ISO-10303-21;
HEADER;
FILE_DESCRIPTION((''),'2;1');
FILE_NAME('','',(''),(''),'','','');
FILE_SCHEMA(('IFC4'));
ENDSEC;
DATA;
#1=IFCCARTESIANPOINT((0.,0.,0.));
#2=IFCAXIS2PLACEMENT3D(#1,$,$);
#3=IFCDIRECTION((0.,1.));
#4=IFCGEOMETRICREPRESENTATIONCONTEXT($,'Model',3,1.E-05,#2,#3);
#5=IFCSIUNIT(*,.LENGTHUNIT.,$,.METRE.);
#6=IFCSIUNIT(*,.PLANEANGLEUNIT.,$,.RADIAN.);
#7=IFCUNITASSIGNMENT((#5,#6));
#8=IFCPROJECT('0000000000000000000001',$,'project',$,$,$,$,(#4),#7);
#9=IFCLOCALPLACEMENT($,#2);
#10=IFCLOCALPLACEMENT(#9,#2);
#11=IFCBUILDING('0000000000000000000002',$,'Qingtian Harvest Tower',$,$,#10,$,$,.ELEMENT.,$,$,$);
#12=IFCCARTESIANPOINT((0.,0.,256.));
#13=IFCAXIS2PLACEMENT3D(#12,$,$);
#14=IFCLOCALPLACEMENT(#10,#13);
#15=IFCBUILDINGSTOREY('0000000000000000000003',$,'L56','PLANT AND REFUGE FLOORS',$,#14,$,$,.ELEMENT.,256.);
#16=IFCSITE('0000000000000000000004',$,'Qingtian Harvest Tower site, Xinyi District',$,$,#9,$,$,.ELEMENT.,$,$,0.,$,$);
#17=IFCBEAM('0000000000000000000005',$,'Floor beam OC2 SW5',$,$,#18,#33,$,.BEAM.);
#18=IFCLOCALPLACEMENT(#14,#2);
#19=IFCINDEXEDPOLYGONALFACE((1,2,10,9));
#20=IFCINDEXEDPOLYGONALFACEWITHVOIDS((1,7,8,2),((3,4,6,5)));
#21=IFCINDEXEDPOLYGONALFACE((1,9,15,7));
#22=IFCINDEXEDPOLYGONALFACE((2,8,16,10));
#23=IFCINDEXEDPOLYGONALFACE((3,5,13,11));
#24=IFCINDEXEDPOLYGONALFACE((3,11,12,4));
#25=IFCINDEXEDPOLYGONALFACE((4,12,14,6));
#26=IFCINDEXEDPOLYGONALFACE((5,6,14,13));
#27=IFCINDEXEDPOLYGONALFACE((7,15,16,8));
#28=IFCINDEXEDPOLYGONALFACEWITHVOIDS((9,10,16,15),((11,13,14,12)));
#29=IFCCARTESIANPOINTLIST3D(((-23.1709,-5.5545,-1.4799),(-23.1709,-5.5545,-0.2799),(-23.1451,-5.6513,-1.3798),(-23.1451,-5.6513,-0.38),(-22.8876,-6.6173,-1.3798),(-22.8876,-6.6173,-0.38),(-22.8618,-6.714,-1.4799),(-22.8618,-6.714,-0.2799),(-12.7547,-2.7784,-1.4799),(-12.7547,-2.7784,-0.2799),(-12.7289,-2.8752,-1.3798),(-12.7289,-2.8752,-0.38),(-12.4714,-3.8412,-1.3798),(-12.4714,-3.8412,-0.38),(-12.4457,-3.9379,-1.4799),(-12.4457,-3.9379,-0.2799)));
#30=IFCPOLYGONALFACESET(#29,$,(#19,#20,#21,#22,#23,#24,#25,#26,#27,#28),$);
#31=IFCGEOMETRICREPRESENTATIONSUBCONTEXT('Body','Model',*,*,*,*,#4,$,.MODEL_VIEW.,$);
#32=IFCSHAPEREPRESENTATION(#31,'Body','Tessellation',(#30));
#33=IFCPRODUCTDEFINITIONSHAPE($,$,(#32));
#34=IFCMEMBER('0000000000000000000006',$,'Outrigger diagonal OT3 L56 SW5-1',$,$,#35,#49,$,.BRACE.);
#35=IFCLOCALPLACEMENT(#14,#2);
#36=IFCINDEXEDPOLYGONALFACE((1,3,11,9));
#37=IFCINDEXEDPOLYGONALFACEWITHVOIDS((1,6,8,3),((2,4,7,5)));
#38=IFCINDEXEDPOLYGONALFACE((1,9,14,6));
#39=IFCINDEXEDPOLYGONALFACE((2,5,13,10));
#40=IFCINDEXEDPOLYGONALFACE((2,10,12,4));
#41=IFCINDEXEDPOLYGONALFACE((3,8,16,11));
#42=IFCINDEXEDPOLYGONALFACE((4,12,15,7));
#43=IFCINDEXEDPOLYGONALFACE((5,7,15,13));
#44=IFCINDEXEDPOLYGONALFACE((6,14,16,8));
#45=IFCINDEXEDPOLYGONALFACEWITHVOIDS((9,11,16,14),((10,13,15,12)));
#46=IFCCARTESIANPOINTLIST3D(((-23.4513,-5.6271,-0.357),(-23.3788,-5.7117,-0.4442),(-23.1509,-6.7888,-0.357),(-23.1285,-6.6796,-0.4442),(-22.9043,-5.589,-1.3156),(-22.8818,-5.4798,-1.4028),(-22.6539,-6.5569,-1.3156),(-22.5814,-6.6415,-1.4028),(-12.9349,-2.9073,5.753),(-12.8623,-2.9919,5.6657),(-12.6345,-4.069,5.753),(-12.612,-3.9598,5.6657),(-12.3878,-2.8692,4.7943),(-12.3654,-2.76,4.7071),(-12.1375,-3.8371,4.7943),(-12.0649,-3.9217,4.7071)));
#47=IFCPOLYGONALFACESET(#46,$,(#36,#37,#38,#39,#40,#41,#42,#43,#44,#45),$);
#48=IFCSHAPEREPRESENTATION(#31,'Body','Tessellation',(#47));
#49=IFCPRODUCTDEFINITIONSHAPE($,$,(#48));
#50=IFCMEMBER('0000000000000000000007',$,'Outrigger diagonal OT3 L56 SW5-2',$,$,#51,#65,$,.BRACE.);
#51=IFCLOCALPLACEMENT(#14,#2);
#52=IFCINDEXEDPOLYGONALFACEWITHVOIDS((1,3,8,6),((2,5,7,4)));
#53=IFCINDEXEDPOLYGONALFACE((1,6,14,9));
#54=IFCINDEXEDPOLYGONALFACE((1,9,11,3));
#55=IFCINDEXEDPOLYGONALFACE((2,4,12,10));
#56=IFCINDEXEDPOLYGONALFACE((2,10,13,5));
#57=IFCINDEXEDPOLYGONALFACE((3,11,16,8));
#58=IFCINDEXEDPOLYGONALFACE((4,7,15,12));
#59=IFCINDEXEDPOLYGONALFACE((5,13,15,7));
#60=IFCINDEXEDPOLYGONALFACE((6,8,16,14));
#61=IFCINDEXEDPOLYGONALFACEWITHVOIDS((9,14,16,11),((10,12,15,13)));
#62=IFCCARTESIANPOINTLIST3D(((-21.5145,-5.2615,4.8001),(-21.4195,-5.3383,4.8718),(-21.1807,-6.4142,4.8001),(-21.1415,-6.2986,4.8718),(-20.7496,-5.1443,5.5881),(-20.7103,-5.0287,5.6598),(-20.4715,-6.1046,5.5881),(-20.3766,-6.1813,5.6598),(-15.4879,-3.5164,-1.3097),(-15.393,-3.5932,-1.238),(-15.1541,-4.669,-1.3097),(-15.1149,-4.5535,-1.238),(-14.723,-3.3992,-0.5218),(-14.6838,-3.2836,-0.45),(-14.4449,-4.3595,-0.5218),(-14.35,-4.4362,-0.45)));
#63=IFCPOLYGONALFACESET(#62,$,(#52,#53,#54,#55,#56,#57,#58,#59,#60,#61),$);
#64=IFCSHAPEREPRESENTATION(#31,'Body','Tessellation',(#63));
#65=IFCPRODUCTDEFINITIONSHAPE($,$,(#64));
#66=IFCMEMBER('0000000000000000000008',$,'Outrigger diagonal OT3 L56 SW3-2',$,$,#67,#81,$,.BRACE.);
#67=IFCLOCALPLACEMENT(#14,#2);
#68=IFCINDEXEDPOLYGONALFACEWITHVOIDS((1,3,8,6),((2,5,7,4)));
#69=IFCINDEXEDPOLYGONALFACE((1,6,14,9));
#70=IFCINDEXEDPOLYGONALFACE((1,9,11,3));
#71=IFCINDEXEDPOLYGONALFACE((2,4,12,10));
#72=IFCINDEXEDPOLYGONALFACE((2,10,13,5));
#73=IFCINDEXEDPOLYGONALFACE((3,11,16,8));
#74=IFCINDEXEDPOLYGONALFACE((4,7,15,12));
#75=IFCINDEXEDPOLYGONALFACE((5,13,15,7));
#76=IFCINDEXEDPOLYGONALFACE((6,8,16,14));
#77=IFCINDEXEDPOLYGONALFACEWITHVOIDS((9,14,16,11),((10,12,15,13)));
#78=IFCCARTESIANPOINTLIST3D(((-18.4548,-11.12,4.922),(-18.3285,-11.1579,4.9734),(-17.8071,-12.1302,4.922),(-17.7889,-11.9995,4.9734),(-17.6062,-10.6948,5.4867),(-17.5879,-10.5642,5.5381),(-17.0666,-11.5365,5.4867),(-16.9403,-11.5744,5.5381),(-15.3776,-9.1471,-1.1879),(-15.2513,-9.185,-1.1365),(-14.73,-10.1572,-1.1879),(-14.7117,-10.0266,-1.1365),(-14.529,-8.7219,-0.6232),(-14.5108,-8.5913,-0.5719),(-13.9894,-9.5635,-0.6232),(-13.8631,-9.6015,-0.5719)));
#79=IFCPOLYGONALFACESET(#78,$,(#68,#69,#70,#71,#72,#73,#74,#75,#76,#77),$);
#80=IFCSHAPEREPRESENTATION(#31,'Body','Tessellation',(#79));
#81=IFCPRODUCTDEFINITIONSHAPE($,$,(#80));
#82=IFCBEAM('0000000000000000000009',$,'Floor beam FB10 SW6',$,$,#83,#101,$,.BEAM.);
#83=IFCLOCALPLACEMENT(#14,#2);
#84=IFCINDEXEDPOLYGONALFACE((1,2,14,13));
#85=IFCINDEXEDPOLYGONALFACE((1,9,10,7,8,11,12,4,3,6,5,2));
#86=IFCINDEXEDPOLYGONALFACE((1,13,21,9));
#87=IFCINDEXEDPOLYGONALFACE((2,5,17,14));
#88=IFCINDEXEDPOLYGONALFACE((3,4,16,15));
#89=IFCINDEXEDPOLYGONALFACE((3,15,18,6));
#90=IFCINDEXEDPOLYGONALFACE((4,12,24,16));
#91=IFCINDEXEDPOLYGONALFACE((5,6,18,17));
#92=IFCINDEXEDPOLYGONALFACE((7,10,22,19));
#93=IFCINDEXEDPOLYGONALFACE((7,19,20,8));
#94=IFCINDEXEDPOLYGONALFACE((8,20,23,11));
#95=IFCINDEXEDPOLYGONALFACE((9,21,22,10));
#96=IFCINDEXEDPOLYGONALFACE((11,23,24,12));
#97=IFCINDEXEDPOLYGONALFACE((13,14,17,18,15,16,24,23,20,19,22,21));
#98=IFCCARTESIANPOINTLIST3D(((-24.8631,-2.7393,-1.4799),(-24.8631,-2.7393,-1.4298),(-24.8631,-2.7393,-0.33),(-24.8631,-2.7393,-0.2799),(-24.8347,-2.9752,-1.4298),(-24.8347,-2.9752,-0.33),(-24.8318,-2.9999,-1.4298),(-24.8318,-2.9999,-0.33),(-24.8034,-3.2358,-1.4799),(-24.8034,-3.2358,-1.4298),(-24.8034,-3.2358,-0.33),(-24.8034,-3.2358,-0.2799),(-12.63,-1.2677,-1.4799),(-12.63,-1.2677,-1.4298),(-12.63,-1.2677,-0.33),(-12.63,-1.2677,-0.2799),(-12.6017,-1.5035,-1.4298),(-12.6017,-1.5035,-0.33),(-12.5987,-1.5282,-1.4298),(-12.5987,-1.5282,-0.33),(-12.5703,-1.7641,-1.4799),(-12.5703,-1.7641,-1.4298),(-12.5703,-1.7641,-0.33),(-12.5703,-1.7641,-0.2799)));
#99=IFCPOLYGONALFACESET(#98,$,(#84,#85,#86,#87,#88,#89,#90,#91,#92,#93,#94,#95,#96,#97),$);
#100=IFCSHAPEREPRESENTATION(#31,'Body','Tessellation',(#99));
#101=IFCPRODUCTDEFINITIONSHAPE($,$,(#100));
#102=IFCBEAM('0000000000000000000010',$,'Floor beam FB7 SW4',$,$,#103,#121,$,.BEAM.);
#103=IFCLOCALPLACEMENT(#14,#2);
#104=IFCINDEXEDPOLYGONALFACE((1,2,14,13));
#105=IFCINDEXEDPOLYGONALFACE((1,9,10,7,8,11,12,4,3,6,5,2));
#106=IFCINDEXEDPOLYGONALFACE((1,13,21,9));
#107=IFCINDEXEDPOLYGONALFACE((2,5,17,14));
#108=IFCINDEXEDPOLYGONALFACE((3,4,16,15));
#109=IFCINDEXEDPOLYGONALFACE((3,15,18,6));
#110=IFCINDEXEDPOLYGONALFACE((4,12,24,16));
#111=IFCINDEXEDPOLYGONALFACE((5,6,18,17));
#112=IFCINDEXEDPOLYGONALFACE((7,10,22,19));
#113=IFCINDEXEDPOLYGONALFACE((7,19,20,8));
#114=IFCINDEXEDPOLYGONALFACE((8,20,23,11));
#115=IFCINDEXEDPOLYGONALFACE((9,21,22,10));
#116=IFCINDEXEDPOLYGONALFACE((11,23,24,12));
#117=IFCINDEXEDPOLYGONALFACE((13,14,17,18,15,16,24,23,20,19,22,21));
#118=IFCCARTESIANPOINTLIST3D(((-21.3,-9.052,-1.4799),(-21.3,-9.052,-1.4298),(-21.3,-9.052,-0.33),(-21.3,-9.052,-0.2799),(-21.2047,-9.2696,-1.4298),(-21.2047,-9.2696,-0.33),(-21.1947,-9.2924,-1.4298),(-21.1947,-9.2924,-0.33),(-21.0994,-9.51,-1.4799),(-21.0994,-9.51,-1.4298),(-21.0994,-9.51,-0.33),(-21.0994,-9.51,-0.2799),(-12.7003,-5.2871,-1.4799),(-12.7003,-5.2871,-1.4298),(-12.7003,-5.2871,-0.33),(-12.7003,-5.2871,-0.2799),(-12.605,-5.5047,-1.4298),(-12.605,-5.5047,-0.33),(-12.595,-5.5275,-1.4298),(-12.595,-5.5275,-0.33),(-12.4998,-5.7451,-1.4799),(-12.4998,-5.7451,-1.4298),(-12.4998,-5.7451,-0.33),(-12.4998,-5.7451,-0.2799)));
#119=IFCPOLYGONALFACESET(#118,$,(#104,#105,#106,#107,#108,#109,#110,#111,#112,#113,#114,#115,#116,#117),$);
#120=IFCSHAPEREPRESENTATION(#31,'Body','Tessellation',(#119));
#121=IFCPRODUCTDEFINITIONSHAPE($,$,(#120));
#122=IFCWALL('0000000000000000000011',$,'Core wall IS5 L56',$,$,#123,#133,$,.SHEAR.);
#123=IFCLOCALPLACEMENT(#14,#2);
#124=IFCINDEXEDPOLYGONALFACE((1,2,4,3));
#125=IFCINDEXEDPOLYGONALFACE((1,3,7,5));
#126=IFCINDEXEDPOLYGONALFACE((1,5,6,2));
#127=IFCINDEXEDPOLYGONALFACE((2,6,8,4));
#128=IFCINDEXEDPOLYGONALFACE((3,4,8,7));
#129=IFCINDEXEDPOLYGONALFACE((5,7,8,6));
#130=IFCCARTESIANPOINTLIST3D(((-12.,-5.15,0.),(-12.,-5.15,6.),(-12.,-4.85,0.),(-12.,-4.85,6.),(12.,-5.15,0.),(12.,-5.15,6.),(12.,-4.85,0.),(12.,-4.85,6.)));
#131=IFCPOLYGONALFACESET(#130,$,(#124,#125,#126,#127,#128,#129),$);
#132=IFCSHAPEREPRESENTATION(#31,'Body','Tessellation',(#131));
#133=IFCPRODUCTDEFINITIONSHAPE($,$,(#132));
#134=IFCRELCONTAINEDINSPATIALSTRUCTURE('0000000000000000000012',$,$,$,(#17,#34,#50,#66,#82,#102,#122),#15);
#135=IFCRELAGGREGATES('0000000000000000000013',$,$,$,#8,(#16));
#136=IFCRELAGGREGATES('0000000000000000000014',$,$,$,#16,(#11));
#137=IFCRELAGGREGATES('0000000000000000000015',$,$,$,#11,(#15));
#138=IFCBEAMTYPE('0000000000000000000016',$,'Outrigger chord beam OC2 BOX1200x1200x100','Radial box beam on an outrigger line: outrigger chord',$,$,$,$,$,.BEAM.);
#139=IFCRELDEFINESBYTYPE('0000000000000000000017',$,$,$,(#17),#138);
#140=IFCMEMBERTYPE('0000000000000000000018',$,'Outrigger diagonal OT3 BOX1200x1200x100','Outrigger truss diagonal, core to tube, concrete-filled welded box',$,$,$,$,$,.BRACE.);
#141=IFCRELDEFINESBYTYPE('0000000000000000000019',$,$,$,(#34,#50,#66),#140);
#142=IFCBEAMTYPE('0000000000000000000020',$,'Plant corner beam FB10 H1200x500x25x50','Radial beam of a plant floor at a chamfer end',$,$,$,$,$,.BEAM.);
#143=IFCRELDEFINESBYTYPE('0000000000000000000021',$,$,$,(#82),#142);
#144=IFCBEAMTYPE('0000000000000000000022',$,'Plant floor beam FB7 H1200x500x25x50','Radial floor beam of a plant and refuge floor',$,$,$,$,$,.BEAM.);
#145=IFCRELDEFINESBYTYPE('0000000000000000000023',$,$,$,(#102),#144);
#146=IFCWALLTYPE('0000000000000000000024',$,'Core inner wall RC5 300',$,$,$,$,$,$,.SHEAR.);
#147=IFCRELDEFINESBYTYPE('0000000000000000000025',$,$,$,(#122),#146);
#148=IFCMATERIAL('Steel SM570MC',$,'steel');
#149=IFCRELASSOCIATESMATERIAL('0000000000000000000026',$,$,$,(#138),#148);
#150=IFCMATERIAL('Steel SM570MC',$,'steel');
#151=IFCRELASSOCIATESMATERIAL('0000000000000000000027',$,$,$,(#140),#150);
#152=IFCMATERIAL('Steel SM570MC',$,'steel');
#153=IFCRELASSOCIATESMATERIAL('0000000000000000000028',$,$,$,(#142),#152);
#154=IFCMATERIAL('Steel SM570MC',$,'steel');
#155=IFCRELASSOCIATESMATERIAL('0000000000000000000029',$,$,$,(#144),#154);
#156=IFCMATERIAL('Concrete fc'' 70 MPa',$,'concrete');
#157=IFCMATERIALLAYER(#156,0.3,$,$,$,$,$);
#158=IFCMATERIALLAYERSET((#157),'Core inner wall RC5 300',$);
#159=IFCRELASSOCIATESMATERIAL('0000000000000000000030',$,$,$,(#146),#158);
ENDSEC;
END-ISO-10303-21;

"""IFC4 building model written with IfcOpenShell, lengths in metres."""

from ifc_helpers import new_model, si_unit, direction, frame, frame_2d, origin, origin_2d, place, context, subcontext, project, spatial, rectangle, hollow_rectangle, i_section, extrude, material, layer, layer_set, material_profile, profile_set, type_object, element, save


model = new_model("IFC4")

# Units and contexts
model_context = context("Model", 3, precision=1e-05, world=origin(), true_north=direction((0.0, 1.0)))
body_context = subcontext(model_context, "Body", "Model", "MODEL_VIEW")
ifc_project = project(units=[si_unit("LENGTHUNIT", "METRE"), si_unit("PLANEANGLEUNIT", "RADIAN")], contexts=[model_context])

# Site, building, storey
site_placement = place(None, origin())
site = spatial("IfcSite", under=ifc_project, at=site_placement, Name="Qingtian Harvest Tower site, Xinyi District", CompositionType="ELEMENT", RefElevation=0.0)
building_placement = place(site_placement, origin())
building = spatial("IfcBuilding", under=site, at=building_placement, Name="Qingtian Harvest Tower", CompositionType="ELEMENT")
storey_placement = place(building_placement, frame((0.0, 0.0, 256.0)))
storey = spatial("IfcBuildingStorey", under=building, at=storey_placement, Name="L56", Description="PLANT AND REFUGE FLOORS", CompositionType="ELEMENT", Elevation=256.0)

# Beam
ifc_material_1 = material(Name="Steel SM570MC", Category="steel")
ifc_material_profile_1 = material_profile(ifc_material_1, hollow_rectangle(XDim=1.2, YDim=1.2, WallThickness=0.1001, at=origin_2d()), Name="BOX1200x1200x100")
ifc_profile_set_1 = profile_set([ifc_material_profile_1], Name="Steel SM570MC")
beam_type_1 = type_object("IfcBeamType", Name="Outrigger chord beam OC2 BOX1200x1200x100", Description="Radial box beam on an outrigger line: outrigger chord", PredefinedType="BEAM", material=ifc_profile_set_1)
beam_1_placement = place(storey_placement, frame((-23.0164, -6.1343, -0.8799), z_axis=(0.966271, 0.257529, 0.0), x_axis=(-0.257529, 0.966271, 0.0)))
element("IfcBeam", 1, at=beam_1_placement, inside=storey, type_object=beam_type_1, Name="Floor beam OC2 SW5", PredefinedType="BEAM", context=body_context, shape_type="SweptSolid", body=[
    extrude(hollow_rectangle(XDim=1.2, YDim=1.2, WallThickness=0.1001, at=origin_2d()), origin(), (0.0, 0.0, 1.0), 10.7798),
])

# Members
ifc_material_2 = material(Name="Steel SM570MC", Category="steel")
ifc_material_profile_2 = material_profile(ifc_material_2, hollow_rectangle(XDim=1.2, YDim=1.2, WallThickness=0.1001, at=origin_2d()), Name="BOX1200x1200x100")
ifc_profile_set_2 = profile_set([ifc_material_profile_2], Name="Steel SM570MC")
member_type_1 = type_object("IfcMemberType", Name="Outrigger diagonal OT3 BOX1200x1200x100", Description="Outrigger truss diagonal, core to tube, concrete-filled welded box", PredefinedType="BRACE", material=ifc_profile_set_2)
member_1_placement = place(storey_placement, frame((-23.0164, -6.1343, -0.8799), z_axis=(0.843821, 0.218228, 0.490248), x_axis=(-0.250381, 0.968147, 0.0)))
element("IfcMember", 2, at=member_1_placement, inside=storey, type_object=member_type_1, Name="Outrigger diagonal OT3 L56 SW5-1", PredefinedType="BRACE", context=body_context, shape_type="SweptSolid", body=[
    extrude(hollow_rectangle(XDim=1.2, YDim=1.2, WallThickness=0.1001, at=origin_2d()), origin(), (0.0, 0.0, 1.0), 12.4629),
])
member_2_placement = place(storey_placement, frame((-14.9189, -3.9763, -0.8799), z_axis=(-0.688156, -0.199268, 0.697663), x_axis=(0.278142, -0.96054, 0.0)))
element("IfcMember", 3, at=member_2_placement, inside=storey, type_object=member_type_1, Name="Outrigger diagonal OT3 L56 SW5-2", PredefinedType="BRACE", context=body_context, shape_type="SweptSolid", body=[
    extrude(hollow_rectangle(XDim=1.2, YDim=1.2, WallThickness=0.1001, at=origin_2d()), origin(), (0.0, 0.0, 1.0), 8.7576),
])
member_3_placement = place(storey_placement, frame((-14.6204, -9.3743, -0.8799), z_axis=(-0.432196, -0.2771, 0.85815), x_axis=(0.539738, -0.841833, 0.0)))
element("IfcMember", 4, at=member_3_placement, inside=storey, type_object=member_type_1, Name="Outrigger diagonal OT3 L56 SW3-2", PredefinedType="BRACE", context=body_context, shape_type="SweptSolid", body=[
    extrude(hollow_rectangle(XDim=1.2, YDim=1.2, WallThickness=0.1001, at=origin_2d()), origin(), (0.0, 0.0, 1.0), 7.1199),
])

# Beams
ifc_material_3 = material(Name="Steel SM570MC", Category="steel")
ifc_material_profile_3 = material_profile(ifc_material_3, i_section(OverallWidth=0.5, OverallDepth=1.2, WebThickness=0.0249, FlangeThickness=0.05, at=origin_2d()), Name="H1200x500x25x50")
ifc_profile_set_3 = profile_set([ifc_material_profile_3], Name="Steel SM570MC")
beam_type_2 = type_object("IfcBeamType", Name="Plant corner beam FB10 H1200x500x25x50", Description="Radial beam of a plant floor at a chamfer end", PredefinedType="BEAM", material=ifc_profile_set_3)
beam_2_placement = place(storey_placement, frame((-24.8333, -2.9875, -0.8799), z_axis=(0.992841, 0.119441, 0.0), x_axis=(-0.119441, 0.992841, 0.0)))
element("IfcBeam", 5, at=beam_2_placement, inside=storey, type_object=beam_type_2, Name="Floor beam FB10 SW6", PredefinedType="BEAM", context=body_context, shape_type="SweptSolid", body=[
    extrude(i_section(OverallWidth=0.5, OverallDepth=1.2, WebThickness=0.0249, FlangeThickness=0.05, at=origin_2d()), origin(), (0.0, 0.0, 1.0), 12.3213),
])
ifc_material_4 = material(Name="Steel SM570MC", Category="steel")
ifc_material_profile_4 = material_profile(ifc_material_4, i_section(OverallWidth=0.5, OverallDepth=1.2, WebThickness=0.0249, FlangeThickness=0.05, at=origin_2d()), Name="H1200x500x25x50")
ifc_profile_set_4 = profile_set([ifc_material_profile_4], Name="Steel SM570MC")
beam_type_3 = type_object("IfcBeamType", Name="Plant floor beam FB7 H1200x500x25x50", Description="Radial floor beam of a plant and refuge floor", PredefinedType="BEAM", material=ifc_profile_set_4)
beam_3_placement = place(storey_placement, frame((-21.1997, -9.281, -0.8799), z_axis=(0.916057, 0.401048, 0.0), x_axis=(-0.401048, 0.916057, 0.0)))
element("IfcBeam", 6, at=beam_3_placement, inside=storey, type_object=beam_type_3, Name="Floor beam FB7 SW4", PredefinedType="BEAM", context=body_context, shape_type="SweptSolid", body=[
    extrude(i_section(OverallWidth=0.5, OverallDepth=1.2, WebThickness=0.0249, FlangeThickness=0.05, at=origin_2d()), origin(), (0.0, 0.0, 1.0), 9.3877),
])

# Wall
ifc_material_5 = material(Name="Concrete fc' 70 MPa", Category="concrete")
ifc_layer_1 = layer(ifc_material_5, 0.3)
ifc_layer_set_1 = layer_set([ifc_layer_1], Name="Core inner wall RC5 300")
wall_type_1 = type_object("IfcWallType", Name="Core inner wall RC5 300", PredefinedType="SHEAR", material=ifc_layer_set_1)
wall_1_placement = place(storey_placement, frame((-12.0, -5.0, 0.0), z_axis=(0.0, 0.0, 1.0), x_axis=(1.0, 0.0, 0.0)))
element("IfcWall", 7, at=wall_1_placement, inside=storey, type_object=wall_type_1, Name="Core wall IS5 L56", PredefinedType="SHEAR", context=body_context, shape_type="SweptSolid", body=[
    extrude(rectangle(XDim=24.0, YDim=0.3, at=frame_2d((12.0, 0.0))), origin(), (0.0, 0.0, 1.0), 6.0),
])

save(model, "model.ifc")
